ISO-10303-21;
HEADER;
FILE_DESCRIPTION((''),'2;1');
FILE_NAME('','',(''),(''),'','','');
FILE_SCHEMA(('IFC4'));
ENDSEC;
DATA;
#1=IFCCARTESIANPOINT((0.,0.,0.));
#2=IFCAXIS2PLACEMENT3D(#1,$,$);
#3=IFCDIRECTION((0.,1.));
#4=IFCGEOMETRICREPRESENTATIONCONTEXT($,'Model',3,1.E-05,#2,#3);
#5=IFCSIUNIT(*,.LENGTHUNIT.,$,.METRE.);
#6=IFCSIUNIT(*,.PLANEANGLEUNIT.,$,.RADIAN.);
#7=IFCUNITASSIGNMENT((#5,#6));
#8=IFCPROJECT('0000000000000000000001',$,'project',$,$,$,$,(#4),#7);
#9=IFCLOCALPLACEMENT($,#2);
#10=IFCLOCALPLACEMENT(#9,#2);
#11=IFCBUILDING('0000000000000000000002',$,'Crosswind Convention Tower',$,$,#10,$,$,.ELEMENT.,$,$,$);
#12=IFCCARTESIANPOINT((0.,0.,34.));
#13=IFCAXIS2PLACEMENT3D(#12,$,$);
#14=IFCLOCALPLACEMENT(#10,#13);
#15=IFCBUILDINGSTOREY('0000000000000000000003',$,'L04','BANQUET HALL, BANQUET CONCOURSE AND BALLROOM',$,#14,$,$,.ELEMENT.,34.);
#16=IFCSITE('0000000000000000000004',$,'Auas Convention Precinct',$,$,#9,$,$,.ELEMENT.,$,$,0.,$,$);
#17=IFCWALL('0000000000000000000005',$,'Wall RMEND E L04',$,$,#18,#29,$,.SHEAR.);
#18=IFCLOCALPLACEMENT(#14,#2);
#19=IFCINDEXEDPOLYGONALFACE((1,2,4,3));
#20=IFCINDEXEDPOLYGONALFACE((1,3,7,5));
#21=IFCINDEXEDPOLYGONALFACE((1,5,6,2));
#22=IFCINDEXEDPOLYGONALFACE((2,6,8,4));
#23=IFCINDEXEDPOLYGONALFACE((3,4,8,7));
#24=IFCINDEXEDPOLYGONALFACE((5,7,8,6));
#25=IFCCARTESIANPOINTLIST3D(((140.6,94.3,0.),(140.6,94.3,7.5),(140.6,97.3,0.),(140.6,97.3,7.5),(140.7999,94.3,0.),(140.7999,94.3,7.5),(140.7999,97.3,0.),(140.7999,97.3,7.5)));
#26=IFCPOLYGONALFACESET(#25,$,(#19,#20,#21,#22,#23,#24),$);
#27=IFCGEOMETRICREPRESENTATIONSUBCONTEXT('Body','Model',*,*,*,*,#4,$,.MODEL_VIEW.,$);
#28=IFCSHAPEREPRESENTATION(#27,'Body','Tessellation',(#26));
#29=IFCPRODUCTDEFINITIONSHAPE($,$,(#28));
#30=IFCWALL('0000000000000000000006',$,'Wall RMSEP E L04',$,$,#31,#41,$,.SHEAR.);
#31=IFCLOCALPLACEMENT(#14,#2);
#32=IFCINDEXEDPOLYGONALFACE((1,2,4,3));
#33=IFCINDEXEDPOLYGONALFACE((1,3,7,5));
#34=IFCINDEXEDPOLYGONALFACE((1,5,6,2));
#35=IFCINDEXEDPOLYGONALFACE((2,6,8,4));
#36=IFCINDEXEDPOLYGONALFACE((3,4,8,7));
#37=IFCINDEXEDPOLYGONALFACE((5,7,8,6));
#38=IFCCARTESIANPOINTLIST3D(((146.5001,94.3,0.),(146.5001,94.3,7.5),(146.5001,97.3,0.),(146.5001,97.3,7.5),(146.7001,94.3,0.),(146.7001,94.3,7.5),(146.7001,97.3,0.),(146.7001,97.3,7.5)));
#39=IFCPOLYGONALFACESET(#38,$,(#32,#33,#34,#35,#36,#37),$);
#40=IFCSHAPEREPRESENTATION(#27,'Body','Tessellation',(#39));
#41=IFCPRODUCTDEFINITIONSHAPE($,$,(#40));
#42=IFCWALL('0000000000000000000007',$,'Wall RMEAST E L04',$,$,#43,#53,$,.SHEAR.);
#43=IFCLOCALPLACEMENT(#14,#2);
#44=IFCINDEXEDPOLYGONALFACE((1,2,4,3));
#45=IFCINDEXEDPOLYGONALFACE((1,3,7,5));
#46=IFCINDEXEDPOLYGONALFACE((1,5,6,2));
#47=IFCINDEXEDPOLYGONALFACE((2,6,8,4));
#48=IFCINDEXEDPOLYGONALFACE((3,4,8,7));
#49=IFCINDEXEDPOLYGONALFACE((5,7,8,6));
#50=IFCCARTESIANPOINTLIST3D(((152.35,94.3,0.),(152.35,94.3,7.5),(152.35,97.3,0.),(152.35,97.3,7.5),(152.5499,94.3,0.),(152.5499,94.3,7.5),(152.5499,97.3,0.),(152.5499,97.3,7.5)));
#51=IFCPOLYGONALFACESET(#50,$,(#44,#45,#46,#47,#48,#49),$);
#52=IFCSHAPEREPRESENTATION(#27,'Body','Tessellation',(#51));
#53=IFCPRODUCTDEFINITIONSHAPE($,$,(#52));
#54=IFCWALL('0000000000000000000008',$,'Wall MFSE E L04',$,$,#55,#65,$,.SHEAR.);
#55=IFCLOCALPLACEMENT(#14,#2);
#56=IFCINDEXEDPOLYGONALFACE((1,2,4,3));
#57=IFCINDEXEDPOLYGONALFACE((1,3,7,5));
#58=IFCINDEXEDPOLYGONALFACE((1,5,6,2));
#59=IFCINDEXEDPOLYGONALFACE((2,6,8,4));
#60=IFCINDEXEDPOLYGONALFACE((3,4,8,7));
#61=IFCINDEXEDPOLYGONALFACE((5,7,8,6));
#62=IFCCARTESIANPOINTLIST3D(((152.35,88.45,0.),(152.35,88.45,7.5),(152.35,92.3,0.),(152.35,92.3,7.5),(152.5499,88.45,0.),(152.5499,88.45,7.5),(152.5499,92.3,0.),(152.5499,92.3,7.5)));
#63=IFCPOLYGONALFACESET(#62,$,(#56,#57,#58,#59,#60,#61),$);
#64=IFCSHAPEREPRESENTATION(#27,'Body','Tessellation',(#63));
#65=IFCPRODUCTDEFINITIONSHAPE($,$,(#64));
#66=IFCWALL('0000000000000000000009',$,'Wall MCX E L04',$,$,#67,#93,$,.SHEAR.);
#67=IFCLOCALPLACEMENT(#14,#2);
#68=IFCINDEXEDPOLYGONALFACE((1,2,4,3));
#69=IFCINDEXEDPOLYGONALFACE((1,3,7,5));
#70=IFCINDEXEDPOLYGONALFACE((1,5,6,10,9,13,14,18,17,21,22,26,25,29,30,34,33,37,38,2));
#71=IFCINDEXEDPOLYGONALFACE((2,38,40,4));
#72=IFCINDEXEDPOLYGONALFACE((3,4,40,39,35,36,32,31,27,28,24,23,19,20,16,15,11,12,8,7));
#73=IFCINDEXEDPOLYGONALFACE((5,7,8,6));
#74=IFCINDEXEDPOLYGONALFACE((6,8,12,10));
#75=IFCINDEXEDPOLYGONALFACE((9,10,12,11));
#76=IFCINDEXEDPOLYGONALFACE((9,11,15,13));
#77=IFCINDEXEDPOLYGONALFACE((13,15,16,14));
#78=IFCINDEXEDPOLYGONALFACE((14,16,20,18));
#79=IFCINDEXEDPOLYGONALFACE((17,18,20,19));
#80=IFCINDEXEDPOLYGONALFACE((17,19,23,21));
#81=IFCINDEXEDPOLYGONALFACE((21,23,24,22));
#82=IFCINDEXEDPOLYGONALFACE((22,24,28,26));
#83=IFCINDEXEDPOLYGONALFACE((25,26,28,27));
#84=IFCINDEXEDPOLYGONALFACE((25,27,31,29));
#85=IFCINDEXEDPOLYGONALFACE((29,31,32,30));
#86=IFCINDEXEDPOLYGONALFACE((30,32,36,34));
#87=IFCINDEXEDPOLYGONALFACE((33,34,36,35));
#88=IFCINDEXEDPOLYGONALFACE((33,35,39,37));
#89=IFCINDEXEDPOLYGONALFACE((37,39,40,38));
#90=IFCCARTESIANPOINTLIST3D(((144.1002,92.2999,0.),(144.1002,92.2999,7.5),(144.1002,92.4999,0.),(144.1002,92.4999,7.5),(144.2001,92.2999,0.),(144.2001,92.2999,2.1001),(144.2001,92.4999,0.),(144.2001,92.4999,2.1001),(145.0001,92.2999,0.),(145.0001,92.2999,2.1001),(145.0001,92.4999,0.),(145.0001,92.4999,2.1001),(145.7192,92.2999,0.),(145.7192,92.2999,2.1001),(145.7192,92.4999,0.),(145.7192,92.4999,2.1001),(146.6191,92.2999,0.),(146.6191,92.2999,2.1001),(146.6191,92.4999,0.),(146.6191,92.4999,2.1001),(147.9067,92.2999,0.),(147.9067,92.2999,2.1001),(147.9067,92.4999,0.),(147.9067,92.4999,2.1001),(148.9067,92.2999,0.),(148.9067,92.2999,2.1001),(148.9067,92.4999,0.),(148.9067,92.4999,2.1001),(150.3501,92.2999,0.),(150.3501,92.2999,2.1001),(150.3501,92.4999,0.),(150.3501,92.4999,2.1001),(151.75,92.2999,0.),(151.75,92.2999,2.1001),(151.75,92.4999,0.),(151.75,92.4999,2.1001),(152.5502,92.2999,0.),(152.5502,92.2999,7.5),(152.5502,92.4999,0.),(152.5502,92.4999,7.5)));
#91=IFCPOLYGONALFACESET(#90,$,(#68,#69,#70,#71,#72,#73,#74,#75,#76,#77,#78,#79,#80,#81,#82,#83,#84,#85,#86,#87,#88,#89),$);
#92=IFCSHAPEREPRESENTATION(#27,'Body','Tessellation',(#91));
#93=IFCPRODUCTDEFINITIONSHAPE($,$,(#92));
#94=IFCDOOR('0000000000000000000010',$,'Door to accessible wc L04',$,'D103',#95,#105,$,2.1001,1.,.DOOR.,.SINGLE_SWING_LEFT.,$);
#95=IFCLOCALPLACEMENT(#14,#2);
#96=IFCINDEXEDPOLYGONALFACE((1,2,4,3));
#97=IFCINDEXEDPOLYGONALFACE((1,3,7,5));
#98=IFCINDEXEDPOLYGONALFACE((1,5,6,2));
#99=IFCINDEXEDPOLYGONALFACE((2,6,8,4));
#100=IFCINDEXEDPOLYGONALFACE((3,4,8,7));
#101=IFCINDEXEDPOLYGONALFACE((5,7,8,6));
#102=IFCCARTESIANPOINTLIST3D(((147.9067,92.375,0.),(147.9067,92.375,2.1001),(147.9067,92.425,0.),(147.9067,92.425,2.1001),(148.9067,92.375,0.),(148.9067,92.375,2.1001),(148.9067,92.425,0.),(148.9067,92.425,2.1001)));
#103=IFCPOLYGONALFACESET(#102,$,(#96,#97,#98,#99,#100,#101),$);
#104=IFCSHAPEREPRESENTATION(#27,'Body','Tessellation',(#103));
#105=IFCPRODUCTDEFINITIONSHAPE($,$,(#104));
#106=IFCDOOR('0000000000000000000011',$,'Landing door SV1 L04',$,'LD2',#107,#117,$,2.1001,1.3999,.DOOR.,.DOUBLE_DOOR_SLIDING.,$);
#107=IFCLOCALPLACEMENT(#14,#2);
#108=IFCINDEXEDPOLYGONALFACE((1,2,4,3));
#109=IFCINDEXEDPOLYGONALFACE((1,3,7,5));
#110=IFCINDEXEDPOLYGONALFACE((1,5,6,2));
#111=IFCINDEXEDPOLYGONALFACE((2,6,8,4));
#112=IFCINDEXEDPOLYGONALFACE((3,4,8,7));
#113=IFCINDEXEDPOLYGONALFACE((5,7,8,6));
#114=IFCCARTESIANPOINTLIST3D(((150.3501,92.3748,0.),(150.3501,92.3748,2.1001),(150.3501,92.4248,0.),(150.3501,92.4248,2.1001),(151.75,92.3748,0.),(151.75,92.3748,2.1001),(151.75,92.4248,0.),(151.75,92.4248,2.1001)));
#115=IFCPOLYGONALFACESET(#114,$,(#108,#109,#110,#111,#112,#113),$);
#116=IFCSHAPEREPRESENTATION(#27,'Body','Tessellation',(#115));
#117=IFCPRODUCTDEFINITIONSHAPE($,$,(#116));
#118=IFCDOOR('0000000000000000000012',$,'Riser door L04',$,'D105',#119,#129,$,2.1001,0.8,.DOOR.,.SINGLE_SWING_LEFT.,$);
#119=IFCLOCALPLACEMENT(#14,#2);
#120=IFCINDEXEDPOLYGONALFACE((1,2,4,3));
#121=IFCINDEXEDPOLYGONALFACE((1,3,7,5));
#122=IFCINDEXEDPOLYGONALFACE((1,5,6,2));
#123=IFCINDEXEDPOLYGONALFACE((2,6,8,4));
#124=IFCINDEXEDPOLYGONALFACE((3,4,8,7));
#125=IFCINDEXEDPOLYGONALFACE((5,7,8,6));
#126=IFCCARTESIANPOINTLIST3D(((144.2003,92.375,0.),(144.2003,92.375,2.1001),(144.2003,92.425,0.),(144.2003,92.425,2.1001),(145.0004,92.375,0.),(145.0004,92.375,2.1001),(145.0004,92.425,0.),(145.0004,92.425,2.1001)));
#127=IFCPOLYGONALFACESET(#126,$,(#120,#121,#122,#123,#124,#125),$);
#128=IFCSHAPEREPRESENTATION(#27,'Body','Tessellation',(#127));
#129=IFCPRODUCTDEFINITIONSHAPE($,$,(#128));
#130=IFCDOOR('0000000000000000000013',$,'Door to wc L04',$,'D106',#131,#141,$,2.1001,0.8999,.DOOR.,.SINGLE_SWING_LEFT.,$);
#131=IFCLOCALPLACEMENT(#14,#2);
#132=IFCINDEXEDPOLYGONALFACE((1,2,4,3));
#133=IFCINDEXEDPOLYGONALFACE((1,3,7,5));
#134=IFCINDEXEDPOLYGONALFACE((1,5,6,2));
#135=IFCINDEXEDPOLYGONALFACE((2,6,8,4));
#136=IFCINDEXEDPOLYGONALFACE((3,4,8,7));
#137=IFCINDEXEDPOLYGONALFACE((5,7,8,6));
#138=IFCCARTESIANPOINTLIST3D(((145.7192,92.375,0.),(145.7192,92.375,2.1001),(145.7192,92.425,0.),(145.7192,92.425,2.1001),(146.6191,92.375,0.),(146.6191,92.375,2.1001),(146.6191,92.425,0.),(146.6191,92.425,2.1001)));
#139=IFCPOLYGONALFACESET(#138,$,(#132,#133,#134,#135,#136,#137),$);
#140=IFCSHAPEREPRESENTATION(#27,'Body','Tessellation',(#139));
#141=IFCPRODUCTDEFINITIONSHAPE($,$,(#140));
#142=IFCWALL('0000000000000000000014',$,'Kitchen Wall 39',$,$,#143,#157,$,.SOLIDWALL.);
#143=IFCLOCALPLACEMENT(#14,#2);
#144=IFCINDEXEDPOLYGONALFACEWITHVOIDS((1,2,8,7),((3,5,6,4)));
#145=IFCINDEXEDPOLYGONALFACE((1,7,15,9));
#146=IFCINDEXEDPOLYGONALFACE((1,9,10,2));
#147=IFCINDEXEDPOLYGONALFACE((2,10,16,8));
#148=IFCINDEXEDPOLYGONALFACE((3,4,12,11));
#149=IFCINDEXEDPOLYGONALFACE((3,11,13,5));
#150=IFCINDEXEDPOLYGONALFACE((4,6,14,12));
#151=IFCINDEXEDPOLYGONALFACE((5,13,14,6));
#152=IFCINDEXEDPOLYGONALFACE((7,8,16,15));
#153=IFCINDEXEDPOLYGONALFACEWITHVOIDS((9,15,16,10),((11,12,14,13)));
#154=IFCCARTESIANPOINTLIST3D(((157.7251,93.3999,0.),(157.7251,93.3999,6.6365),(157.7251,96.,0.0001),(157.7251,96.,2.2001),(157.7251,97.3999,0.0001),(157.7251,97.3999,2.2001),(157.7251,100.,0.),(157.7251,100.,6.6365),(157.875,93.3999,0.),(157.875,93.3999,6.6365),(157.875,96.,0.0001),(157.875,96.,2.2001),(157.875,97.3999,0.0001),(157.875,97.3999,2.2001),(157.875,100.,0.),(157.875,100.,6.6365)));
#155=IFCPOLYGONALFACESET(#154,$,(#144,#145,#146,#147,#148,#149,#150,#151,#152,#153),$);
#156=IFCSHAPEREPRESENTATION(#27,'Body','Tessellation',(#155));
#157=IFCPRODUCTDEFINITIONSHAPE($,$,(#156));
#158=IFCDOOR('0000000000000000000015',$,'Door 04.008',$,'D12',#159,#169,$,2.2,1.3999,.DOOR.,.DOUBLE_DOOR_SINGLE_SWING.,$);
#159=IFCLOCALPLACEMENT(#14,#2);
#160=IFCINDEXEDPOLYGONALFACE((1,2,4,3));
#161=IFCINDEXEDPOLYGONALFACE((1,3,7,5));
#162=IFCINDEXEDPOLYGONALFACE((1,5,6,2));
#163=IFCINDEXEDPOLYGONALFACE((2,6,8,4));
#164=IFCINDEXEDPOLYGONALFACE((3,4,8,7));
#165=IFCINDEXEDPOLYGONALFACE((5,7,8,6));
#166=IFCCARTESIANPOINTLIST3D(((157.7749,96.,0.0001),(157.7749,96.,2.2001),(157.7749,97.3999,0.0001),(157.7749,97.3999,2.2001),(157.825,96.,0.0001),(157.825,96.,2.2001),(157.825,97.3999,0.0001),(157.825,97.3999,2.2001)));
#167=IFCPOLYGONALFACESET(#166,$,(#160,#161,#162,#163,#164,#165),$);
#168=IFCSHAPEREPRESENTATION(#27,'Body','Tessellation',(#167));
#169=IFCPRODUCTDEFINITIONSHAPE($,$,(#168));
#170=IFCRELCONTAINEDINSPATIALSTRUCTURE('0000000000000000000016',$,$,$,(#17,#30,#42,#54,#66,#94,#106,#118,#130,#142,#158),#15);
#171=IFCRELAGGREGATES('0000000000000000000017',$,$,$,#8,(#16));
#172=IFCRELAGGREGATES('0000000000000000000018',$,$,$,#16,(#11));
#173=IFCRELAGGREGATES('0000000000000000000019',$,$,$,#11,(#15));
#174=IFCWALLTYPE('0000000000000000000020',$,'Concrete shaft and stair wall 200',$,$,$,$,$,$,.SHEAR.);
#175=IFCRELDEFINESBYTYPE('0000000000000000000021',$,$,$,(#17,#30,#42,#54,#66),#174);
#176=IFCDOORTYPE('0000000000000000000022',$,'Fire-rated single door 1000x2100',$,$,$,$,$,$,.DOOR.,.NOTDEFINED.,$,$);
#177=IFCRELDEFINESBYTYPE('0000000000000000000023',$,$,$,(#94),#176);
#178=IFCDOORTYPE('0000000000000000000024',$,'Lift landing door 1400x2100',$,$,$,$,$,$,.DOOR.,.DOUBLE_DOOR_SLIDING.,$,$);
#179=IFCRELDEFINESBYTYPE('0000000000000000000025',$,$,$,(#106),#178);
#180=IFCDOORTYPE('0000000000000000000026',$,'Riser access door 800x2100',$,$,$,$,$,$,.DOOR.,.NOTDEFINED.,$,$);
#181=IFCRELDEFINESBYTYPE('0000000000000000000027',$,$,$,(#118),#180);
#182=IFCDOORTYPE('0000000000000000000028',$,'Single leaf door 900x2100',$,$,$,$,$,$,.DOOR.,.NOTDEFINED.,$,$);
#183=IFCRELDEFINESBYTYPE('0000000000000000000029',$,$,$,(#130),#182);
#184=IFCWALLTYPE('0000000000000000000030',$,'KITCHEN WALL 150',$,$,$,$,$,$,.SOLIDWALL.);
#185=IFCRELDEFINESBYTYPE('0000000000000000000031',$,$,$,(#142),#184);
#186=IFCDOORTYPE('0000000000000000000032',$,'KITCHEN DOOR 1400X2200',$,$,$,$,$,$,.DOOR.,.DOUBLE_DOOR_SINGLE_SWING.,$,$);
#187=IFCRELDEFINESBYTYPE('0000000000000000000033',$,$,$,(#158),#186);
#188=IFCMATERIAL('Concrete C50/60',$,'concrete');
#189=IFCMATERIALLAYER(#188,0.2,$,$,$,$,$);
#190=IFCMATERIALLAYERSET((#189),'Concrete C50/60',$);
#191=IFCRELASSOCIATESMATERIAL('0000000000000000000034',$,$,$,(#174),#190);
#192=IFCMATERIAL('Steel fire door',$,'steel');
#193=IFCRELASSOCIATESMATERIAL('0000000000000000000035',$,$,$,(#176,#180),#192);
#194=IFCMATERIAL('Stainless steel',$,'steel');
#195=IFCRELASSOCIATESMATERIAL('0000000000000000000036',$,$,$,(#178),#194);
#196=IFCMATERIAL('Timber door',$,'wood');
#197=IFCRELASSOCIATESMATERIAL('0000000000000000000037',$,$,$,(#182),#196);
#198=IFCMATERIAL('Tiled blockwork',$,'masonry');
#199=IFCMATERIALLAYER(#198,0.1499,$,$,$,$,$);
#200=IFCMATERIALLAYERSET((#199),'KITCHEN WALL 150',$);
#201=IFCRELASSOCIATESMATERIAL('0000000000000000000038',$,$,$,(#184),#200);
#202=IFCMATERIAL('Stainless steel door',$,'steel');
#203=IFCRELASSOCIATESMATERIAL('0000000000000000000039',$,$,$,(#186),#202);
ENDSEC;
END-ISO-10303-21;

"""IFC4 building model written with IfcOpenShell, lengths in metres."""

from ifc_helpers import new_model, si_unit, direction, frame, frame_2d, origin, place, context, subcontext, project, spatial, rectangle, extrude, material, layer, layer_set, type_object, element, fill, save


model = new_model("IFC4")

# Units and contexts
model_context = context("Model", 3, precision=1e-05, world=origin(), true_north=direction((0.0, 1.0)))
body_context = subcontext(model_context, "Body", "Model", "MODEL_VIEW")
ifc_project = project(units=[si_unit("LENGTHUNIT", "METRE"), si_unit("PLANEANGLEUNIT", "RADIAN")], contexts=[model_context])

# Site, building, storey
site_placement = place(None, origin())
site = spatial("IfcSite", under=ifc_project, at=site_placement, Name="Auas Convention Precinct", CompositionType="ELEMENT", RefElevation=0.0)
building_placement = place(site_placement, origin())
building = spatial("IfcBuilding", under=site, at=building_placement, Name="Crosswind Convention Tower", CompositionType="ELEMENT")
storey_placement = place(building_placement, frame((0.0, 0.0, 34.0)))
storey = spatial("IfcBuildingStorey", under=building, at=storey_placement, Name="L04", Description="BANQUET HALL, BANQUET CONCOURSE AND BALLROOM", CompositionType="ELEMENT", Elevation=34.0)

# Walls
ifc_material_1 = material(Name="Concrete C50/60", Category="concrete")
ifc_layer_1 = layer(ifc_material_1, 0.2)
ifc_layer_set_1 = layer_set([ifc_layer_1], Name="Concrete C50/60")
wall_type_1 = type_object("IfcWallType", Name="Concrete shaft and stair wall 200", PredefinedType="SHEAR", material=ifc_layer_set_1)
for number, where, z_axis, x_axis, name in (
    (1, (140.7, 94.3, 0.0), (0.0, 0.0, 1.0), (0.0, 1.0, 0.0), "Wall RMEND E L04"),
    (2, (146.6001, 94.3, 0.0), (0.0, 0.0, 1.0), (0.0, 1.0, 0.0), "Wall RMSEP E L04"),
    (3, (152.45, 94.3, 0.0), (0.0, 0.0, 1.0), (0.0, 1.0, 0.0), "Wall RMEAST E L04"),
):
    element("IfcWall", number, at=place(storey_placement, frame(where, z_axis=z_axis, x_axis=x_axis)), inside=storey, type_object=wall_type_1, Name=name, PredefinedType="SHEAR", context=body_context, shape_type="SweptSolid", body=[
        extrude(rectangle(XDim=3.0, YDim=0.2, at=frame_2d((1.5, 0.0))), origin(), (0.0, 0.0, 1.0), 7.5),
    ])
wall_1_placement = place(storey_placement, frame((152.45, 88.45, 0.0), z_axis=(0.0, 0.0, 1.0), x_axis=(0.0, 1.0, 0.0)))
element("IfcWall", 4, at=wall_1_placement, inside=storey, type_object=wall_type_1, Name="Wall MFSE E L04", PredefinedType="SHEAR", context=body_context, shape_type="SweptSolid", body=[
    extrude(rectangle(XDim=3.8501, YDim=0.2, at=frame_2d((1.925, 0.0))), origin(), (0.0, 0.0, 1.0), 7.5),
])

# Wall, openings, doors
wall_2_placement = place(storey_placement, frame((144.1001, 92.3999, 0.0), z_axis=(0.0, 0.0, 1.0), x_axis=(1.0, 0.0, 0.0)))
wall_2 = element("IfcWall", 5, at=wall_2_placement, inside=storey, type_object=wall_type_1, Name="Wall MCX E L04", PredefinedType="SHEAR", context=body_context, shape_type="SweptSolid", body=[
    extrude(rectangle(XDim=8.45, YDim=0.2, at=frame_2d((4.2251, 0.0))), origin(), (0.0, 0.0, 1.0), 7.5),
])
opening_1_placement = place(wall_2_placement, frame((0.1001, 0.0, 0.0)))
opening_1 = element("IfcOpeningElement", 6, at=opening_1_placement, cuts=wall_2, PredefinedType="OPENING", context=body_context, shape_type="SweptSolid", body=[
    extrude(rectangle(XDim=0.8, YDim=2.1001, at=frame_2d((0.3999, 1.05))), frame((0.0, 0.1099, 0.0), z_axis=(0.0, -1.0, 0.0), x_axis=(1.0, 0.0, 0.0)), (0.0, 0.0, 1.0), 0.22),
])
opening_2_placement = place(wall_2_placement, frame((1.6191, 0.0, 0.0)))
opening_2 = element("IfcOpeningElement", 7, at=opening_2_placement, cuts=wall_2, PredefinedType="OPENING", context=body_context, shape_type="SweptSolid", body=[
    extrude(rectangle(XDim=0.8999, YDim=2.1001, at=frame_2d((0.45, 1.05))), frame((0.0, 0.1099, 0.0), z_axis=(0.0, -1.0, 0.0), x_axis=(1.0, 0.0, 0.0)), (0.0, 0.0, 1.0), 0.22),
])
opening_3_placement = place(wall_2_placement, frame((3.8066, 0.0, 0.0)))
opening_3 = element("IfcOpeningElement", 8, at=opening_3_placement, cuts=wall_2, PredefinedType="OPENING", context=body_context, shape_type="SweptSolid", body=[
    extrude(rectangle(XDim=1.0, YDim=2.1001, at=frame_2d((0.5, 1.05))), frame((0.0, 0.1099, 0.0), z_axis=(0.0, -1.0, 0.0), x_axis=(1.0, 0.0, 0.0)), (0.0, 0.0, 1.0), 0.22),
])
opening_4_placement = place(wall_2_placement, frame((6.25, 0.0, 0.0)))
opening_4 = element("IfcOpeningElement", 9, at=opening_4_placement, cuts=wall_2, PredefinedType="OPENING", context=body_context, shape_type="SweptSolid", body=[
    extrude(rectangle(XDim=1.3999, YDim=2.1001, at=frame_2d((0.7, 1.05))), frame((0.0, 0.1099, 0.0), z_axis=(0.0, -1.0, 0.0), x_axis=(1.0, 0.0, 0.0)), (0.0, 0.0, 1.0), 0.22),
])
ifc_material_2 = material(Name="Steel fire door", Category="steel")
door_type_1 = type_object("IfcDoorType", Name="Fire-rated single door 1000x2100", OperationType="NOTDEFINED", PredefinedType="DOOR", material=ifc_material_2)
door_1_placement = place(opening_3_placement, frame((1.0, 0.0, 0.0), z_axis=(0.0, 0.0, 1.0), x_axis=(-1.0, 0.0, 0.0)))
door_1 = element("IfcDoor", 10, at=door_1_placement, inside=storey, type_object=door_type_1, Name="Door to accessible wc L04", ObjectType="D103", OperationType="SINGLE_SWING_LEFT", OverallHeight=2.1001, OverallWidth=1.0, PredefinedType="DOOR", context=body_context, shape_type="SweptSolid", body=[
    extrude(rectangle(XDim=1.0, YDim=2.1001, at=frame_2d((0.5, 1.05))), frame((0.0, 0.0249, 0.0), z_axis=(0.0, -1.0, 0.0), x_axis=(1.0, 0.0, 0.0)), (0.0, 0.0, 1.0), 0.05),
])
fill(opening_3, door_1)
ifc_material_3 = material(Name="Stainless steel", Category="steel")
door_type_2 = type_object("IfcDoorType", Name="Lift landing door 1400x2100", OperationType="DOUBLE_DOOR_SLIDING", PredefinedType="DOOR", material=ifc_material_3)
door_2_placement = place(opening_4_placement, origin())
door_2 = element("IfcDoor", 11, at=door_2_placement, inside=storey, type_object=door_type_2, Name="Landing door SV1 L04", ObjectType="LD2", OperationType="DOUBLE_DOOR_SLIDING", OverallHeight=2.1001, OverallWidth=1.3999, PredefinedType="DOOR", context=body_context, shape_type="SweptSolid", body=[
    extrude(rectangle(XDim=1.3999, YDim=2.1001, at=frame_2d((0.7, 1.05))), frame((0.0, 0.0249, 0.0), z_axis=(0.0, -1.0, 0.0), x_axis=(1.0, 0.0, 0.0)), (0.0, 0.0, 1.0), 0.05),
])
fill(opening_4, door_2)
door_type_3 = type_object("IfcDoorType", Name="Riser access door 800x2100", OperationType="NOTDEFINED", PredefinedType="DOOR", material=ifc_material_2)
door_3_placement = place(opening_1_placement, frame((0.8, 0.0, 0.0), z_axis=(0.0, 0.0, 1.0), x_axis=(-1.0, 0.0, 0.0)))
door_3 = element("IfcDoor", 12, at=door_3_placement, inside=storey, type_object=door_type_3, Name="Riser door L04", ObjectType="D105", OperationType="SINGLE_SWING_LEFT", OverallHeight=2.1001, OverallWidth=0.8, PredefinedType="DOOR", context=body_context, shape_type="SweptSolid", body=[
    extrude(rectangle(XDim=0.8, YDim=2.1001, at=frame_2d((0.3999, 1.05))), frame((0.0, 0.0249, 0.0), z_axis=(0.0, -1.0, 0.0), x_axis=(1.0, 0.0, 0.0)), (0.0, 0.0, 1.0), 0.05),
])
fill(opening_1, door_3)
ifc_material_4 = material(Name="Timber door", Category="wood")
door_type_4 = type_object("IfcDoorType", Name="Single leaf door 900x2100", OperationType="NOTDEFINED", PredefinedType="DOOR", material=ifc_material_4)
door_4_placement = place(opening_2_placement, frame((0.8999, 0.0, 0.0), z_axis=(0.0, 0.0, 1.0), x_axis=(-1.0, 0.0, 0.0)))
door_4 = element("IfcDoor", 13, at=door_4_placement, inside=storey, type_object=door_type_4, Name="Door to wc L04", ObjectType="D106", OperationType="SINGLE_SWING_LEFT", OverallHeight=2.1001, OverallWidth=0.8999, PredefinedType="DOOR", context=body_context, shape_type="SweptSolid", body=[
    extrude(rectangle(XDim=0.8999, YDim=2.1001, at=frame_2d((0.45, 1.05))), frame((0.0, 0.0249, 0.0), z_axis=(0.0, -1.0, 0.0), x_axis=(1.0, 0.0, 0.0)), (0.0, 0.0, 1.0), 0.05),
])
fill(opening_2, door_4)

# Wall, opening, door
ifc_material_5 = material(Name="Tiled blockwork", Category="masonry")
ifc_layer_2 = layer(ifc_material_5, 0.1499)
ifc_layer_set_2 = layer_set([ifc_layer_2], Name="KITCHEN WALL 150")
wall_type_2 = type_object("IfcWallType", Name="KITCHEN WALL 150", PredefinedType="SOLIDWALL", material=ifc_layer_set_2)
wall_3_placement = place(storey_placement, frame((157.8, 93.3999, 0.0), z_axis=(0.0, 0.0, 1.0), x_axis=(0.0, 1.0, 0.0)))
wall_3 = element("IfcWall", 14, at=wall_3_placement, inside=storey, type_object=wall_type_2, Name="Kitchen Wall 39", PredefinedType="SOLIDWALL", context=body_context, shape_type="SweptSolid", body=[
    extrude(rectangle(XDim=6.6001, YDim=0.1499, at=frame_2d((3.3, 0.0))), origin(), (0.0, 0.0, 1.0), 6.6365),
])
opening_5_placement = place(wall_3_placement, frame((2.6001, 0.0, 0.0)))
opening_5 = element("IfcOpeningElement", 15, at=opening_5_placement, cuts=wall_3, PredefinedType="OPENING", context=body_context, shape_type="SweptSolid", body=[
    extrude(rectangle(XDim=1.3999, YDim=2.2, at=frame_2d((0.7, 1.1001))), frame((0.0, 0.085, 0.0), z_axis=(0.0, -1.0, 0.0), x_axis=(1.0, 0.0, 0.0)), (0.0, 0.0, 1.0), 0.1699),
])
ifc_material_6 = material(Name="Stainless steel door", Category="steel")
door_type_5 = type_object("IfcDoorType", Name="KITCHEN DOOR 1400X2200", OperationType="DOUBLE_DOOR_SINGLE_SWING", PredefinedType="DOOR", material=ifc_material_6)
door_5_placement = place(opening_5_placement, frame((1.3999, 0.0, 0.0), z_axis=(0.0, 0.0, 1.0), x_axis=(-1.0, 0.0, 0.0)))
door_5 = element("IfcDoor", 16, at=door_5_placement, inside=storey, type_object=door_type_5, Name="Door 04.008", ObjectType="D12", OperationType="DOUBLE_DOOR_SINGLE_SWING", OverallHeight=2.2, OverallWidth=1.3999, PredefinedType="DOOR", context=body_context, shape_type="SweptSolid", body=[
    extrude(rectangle(XDim=1.3999, YDim=2.2, at=frame_2d((0.7, 1.1001))), frame((0.0, 0.0249, 0.0), z_axis=(0.0, -1.0, 0.0), x_axis=(1.0, 0.0, 0.0)), (0.0, 0.0, 1.0), 0.05),
])
fill(opening_5, door_5)

save(model, "model.ifc")
